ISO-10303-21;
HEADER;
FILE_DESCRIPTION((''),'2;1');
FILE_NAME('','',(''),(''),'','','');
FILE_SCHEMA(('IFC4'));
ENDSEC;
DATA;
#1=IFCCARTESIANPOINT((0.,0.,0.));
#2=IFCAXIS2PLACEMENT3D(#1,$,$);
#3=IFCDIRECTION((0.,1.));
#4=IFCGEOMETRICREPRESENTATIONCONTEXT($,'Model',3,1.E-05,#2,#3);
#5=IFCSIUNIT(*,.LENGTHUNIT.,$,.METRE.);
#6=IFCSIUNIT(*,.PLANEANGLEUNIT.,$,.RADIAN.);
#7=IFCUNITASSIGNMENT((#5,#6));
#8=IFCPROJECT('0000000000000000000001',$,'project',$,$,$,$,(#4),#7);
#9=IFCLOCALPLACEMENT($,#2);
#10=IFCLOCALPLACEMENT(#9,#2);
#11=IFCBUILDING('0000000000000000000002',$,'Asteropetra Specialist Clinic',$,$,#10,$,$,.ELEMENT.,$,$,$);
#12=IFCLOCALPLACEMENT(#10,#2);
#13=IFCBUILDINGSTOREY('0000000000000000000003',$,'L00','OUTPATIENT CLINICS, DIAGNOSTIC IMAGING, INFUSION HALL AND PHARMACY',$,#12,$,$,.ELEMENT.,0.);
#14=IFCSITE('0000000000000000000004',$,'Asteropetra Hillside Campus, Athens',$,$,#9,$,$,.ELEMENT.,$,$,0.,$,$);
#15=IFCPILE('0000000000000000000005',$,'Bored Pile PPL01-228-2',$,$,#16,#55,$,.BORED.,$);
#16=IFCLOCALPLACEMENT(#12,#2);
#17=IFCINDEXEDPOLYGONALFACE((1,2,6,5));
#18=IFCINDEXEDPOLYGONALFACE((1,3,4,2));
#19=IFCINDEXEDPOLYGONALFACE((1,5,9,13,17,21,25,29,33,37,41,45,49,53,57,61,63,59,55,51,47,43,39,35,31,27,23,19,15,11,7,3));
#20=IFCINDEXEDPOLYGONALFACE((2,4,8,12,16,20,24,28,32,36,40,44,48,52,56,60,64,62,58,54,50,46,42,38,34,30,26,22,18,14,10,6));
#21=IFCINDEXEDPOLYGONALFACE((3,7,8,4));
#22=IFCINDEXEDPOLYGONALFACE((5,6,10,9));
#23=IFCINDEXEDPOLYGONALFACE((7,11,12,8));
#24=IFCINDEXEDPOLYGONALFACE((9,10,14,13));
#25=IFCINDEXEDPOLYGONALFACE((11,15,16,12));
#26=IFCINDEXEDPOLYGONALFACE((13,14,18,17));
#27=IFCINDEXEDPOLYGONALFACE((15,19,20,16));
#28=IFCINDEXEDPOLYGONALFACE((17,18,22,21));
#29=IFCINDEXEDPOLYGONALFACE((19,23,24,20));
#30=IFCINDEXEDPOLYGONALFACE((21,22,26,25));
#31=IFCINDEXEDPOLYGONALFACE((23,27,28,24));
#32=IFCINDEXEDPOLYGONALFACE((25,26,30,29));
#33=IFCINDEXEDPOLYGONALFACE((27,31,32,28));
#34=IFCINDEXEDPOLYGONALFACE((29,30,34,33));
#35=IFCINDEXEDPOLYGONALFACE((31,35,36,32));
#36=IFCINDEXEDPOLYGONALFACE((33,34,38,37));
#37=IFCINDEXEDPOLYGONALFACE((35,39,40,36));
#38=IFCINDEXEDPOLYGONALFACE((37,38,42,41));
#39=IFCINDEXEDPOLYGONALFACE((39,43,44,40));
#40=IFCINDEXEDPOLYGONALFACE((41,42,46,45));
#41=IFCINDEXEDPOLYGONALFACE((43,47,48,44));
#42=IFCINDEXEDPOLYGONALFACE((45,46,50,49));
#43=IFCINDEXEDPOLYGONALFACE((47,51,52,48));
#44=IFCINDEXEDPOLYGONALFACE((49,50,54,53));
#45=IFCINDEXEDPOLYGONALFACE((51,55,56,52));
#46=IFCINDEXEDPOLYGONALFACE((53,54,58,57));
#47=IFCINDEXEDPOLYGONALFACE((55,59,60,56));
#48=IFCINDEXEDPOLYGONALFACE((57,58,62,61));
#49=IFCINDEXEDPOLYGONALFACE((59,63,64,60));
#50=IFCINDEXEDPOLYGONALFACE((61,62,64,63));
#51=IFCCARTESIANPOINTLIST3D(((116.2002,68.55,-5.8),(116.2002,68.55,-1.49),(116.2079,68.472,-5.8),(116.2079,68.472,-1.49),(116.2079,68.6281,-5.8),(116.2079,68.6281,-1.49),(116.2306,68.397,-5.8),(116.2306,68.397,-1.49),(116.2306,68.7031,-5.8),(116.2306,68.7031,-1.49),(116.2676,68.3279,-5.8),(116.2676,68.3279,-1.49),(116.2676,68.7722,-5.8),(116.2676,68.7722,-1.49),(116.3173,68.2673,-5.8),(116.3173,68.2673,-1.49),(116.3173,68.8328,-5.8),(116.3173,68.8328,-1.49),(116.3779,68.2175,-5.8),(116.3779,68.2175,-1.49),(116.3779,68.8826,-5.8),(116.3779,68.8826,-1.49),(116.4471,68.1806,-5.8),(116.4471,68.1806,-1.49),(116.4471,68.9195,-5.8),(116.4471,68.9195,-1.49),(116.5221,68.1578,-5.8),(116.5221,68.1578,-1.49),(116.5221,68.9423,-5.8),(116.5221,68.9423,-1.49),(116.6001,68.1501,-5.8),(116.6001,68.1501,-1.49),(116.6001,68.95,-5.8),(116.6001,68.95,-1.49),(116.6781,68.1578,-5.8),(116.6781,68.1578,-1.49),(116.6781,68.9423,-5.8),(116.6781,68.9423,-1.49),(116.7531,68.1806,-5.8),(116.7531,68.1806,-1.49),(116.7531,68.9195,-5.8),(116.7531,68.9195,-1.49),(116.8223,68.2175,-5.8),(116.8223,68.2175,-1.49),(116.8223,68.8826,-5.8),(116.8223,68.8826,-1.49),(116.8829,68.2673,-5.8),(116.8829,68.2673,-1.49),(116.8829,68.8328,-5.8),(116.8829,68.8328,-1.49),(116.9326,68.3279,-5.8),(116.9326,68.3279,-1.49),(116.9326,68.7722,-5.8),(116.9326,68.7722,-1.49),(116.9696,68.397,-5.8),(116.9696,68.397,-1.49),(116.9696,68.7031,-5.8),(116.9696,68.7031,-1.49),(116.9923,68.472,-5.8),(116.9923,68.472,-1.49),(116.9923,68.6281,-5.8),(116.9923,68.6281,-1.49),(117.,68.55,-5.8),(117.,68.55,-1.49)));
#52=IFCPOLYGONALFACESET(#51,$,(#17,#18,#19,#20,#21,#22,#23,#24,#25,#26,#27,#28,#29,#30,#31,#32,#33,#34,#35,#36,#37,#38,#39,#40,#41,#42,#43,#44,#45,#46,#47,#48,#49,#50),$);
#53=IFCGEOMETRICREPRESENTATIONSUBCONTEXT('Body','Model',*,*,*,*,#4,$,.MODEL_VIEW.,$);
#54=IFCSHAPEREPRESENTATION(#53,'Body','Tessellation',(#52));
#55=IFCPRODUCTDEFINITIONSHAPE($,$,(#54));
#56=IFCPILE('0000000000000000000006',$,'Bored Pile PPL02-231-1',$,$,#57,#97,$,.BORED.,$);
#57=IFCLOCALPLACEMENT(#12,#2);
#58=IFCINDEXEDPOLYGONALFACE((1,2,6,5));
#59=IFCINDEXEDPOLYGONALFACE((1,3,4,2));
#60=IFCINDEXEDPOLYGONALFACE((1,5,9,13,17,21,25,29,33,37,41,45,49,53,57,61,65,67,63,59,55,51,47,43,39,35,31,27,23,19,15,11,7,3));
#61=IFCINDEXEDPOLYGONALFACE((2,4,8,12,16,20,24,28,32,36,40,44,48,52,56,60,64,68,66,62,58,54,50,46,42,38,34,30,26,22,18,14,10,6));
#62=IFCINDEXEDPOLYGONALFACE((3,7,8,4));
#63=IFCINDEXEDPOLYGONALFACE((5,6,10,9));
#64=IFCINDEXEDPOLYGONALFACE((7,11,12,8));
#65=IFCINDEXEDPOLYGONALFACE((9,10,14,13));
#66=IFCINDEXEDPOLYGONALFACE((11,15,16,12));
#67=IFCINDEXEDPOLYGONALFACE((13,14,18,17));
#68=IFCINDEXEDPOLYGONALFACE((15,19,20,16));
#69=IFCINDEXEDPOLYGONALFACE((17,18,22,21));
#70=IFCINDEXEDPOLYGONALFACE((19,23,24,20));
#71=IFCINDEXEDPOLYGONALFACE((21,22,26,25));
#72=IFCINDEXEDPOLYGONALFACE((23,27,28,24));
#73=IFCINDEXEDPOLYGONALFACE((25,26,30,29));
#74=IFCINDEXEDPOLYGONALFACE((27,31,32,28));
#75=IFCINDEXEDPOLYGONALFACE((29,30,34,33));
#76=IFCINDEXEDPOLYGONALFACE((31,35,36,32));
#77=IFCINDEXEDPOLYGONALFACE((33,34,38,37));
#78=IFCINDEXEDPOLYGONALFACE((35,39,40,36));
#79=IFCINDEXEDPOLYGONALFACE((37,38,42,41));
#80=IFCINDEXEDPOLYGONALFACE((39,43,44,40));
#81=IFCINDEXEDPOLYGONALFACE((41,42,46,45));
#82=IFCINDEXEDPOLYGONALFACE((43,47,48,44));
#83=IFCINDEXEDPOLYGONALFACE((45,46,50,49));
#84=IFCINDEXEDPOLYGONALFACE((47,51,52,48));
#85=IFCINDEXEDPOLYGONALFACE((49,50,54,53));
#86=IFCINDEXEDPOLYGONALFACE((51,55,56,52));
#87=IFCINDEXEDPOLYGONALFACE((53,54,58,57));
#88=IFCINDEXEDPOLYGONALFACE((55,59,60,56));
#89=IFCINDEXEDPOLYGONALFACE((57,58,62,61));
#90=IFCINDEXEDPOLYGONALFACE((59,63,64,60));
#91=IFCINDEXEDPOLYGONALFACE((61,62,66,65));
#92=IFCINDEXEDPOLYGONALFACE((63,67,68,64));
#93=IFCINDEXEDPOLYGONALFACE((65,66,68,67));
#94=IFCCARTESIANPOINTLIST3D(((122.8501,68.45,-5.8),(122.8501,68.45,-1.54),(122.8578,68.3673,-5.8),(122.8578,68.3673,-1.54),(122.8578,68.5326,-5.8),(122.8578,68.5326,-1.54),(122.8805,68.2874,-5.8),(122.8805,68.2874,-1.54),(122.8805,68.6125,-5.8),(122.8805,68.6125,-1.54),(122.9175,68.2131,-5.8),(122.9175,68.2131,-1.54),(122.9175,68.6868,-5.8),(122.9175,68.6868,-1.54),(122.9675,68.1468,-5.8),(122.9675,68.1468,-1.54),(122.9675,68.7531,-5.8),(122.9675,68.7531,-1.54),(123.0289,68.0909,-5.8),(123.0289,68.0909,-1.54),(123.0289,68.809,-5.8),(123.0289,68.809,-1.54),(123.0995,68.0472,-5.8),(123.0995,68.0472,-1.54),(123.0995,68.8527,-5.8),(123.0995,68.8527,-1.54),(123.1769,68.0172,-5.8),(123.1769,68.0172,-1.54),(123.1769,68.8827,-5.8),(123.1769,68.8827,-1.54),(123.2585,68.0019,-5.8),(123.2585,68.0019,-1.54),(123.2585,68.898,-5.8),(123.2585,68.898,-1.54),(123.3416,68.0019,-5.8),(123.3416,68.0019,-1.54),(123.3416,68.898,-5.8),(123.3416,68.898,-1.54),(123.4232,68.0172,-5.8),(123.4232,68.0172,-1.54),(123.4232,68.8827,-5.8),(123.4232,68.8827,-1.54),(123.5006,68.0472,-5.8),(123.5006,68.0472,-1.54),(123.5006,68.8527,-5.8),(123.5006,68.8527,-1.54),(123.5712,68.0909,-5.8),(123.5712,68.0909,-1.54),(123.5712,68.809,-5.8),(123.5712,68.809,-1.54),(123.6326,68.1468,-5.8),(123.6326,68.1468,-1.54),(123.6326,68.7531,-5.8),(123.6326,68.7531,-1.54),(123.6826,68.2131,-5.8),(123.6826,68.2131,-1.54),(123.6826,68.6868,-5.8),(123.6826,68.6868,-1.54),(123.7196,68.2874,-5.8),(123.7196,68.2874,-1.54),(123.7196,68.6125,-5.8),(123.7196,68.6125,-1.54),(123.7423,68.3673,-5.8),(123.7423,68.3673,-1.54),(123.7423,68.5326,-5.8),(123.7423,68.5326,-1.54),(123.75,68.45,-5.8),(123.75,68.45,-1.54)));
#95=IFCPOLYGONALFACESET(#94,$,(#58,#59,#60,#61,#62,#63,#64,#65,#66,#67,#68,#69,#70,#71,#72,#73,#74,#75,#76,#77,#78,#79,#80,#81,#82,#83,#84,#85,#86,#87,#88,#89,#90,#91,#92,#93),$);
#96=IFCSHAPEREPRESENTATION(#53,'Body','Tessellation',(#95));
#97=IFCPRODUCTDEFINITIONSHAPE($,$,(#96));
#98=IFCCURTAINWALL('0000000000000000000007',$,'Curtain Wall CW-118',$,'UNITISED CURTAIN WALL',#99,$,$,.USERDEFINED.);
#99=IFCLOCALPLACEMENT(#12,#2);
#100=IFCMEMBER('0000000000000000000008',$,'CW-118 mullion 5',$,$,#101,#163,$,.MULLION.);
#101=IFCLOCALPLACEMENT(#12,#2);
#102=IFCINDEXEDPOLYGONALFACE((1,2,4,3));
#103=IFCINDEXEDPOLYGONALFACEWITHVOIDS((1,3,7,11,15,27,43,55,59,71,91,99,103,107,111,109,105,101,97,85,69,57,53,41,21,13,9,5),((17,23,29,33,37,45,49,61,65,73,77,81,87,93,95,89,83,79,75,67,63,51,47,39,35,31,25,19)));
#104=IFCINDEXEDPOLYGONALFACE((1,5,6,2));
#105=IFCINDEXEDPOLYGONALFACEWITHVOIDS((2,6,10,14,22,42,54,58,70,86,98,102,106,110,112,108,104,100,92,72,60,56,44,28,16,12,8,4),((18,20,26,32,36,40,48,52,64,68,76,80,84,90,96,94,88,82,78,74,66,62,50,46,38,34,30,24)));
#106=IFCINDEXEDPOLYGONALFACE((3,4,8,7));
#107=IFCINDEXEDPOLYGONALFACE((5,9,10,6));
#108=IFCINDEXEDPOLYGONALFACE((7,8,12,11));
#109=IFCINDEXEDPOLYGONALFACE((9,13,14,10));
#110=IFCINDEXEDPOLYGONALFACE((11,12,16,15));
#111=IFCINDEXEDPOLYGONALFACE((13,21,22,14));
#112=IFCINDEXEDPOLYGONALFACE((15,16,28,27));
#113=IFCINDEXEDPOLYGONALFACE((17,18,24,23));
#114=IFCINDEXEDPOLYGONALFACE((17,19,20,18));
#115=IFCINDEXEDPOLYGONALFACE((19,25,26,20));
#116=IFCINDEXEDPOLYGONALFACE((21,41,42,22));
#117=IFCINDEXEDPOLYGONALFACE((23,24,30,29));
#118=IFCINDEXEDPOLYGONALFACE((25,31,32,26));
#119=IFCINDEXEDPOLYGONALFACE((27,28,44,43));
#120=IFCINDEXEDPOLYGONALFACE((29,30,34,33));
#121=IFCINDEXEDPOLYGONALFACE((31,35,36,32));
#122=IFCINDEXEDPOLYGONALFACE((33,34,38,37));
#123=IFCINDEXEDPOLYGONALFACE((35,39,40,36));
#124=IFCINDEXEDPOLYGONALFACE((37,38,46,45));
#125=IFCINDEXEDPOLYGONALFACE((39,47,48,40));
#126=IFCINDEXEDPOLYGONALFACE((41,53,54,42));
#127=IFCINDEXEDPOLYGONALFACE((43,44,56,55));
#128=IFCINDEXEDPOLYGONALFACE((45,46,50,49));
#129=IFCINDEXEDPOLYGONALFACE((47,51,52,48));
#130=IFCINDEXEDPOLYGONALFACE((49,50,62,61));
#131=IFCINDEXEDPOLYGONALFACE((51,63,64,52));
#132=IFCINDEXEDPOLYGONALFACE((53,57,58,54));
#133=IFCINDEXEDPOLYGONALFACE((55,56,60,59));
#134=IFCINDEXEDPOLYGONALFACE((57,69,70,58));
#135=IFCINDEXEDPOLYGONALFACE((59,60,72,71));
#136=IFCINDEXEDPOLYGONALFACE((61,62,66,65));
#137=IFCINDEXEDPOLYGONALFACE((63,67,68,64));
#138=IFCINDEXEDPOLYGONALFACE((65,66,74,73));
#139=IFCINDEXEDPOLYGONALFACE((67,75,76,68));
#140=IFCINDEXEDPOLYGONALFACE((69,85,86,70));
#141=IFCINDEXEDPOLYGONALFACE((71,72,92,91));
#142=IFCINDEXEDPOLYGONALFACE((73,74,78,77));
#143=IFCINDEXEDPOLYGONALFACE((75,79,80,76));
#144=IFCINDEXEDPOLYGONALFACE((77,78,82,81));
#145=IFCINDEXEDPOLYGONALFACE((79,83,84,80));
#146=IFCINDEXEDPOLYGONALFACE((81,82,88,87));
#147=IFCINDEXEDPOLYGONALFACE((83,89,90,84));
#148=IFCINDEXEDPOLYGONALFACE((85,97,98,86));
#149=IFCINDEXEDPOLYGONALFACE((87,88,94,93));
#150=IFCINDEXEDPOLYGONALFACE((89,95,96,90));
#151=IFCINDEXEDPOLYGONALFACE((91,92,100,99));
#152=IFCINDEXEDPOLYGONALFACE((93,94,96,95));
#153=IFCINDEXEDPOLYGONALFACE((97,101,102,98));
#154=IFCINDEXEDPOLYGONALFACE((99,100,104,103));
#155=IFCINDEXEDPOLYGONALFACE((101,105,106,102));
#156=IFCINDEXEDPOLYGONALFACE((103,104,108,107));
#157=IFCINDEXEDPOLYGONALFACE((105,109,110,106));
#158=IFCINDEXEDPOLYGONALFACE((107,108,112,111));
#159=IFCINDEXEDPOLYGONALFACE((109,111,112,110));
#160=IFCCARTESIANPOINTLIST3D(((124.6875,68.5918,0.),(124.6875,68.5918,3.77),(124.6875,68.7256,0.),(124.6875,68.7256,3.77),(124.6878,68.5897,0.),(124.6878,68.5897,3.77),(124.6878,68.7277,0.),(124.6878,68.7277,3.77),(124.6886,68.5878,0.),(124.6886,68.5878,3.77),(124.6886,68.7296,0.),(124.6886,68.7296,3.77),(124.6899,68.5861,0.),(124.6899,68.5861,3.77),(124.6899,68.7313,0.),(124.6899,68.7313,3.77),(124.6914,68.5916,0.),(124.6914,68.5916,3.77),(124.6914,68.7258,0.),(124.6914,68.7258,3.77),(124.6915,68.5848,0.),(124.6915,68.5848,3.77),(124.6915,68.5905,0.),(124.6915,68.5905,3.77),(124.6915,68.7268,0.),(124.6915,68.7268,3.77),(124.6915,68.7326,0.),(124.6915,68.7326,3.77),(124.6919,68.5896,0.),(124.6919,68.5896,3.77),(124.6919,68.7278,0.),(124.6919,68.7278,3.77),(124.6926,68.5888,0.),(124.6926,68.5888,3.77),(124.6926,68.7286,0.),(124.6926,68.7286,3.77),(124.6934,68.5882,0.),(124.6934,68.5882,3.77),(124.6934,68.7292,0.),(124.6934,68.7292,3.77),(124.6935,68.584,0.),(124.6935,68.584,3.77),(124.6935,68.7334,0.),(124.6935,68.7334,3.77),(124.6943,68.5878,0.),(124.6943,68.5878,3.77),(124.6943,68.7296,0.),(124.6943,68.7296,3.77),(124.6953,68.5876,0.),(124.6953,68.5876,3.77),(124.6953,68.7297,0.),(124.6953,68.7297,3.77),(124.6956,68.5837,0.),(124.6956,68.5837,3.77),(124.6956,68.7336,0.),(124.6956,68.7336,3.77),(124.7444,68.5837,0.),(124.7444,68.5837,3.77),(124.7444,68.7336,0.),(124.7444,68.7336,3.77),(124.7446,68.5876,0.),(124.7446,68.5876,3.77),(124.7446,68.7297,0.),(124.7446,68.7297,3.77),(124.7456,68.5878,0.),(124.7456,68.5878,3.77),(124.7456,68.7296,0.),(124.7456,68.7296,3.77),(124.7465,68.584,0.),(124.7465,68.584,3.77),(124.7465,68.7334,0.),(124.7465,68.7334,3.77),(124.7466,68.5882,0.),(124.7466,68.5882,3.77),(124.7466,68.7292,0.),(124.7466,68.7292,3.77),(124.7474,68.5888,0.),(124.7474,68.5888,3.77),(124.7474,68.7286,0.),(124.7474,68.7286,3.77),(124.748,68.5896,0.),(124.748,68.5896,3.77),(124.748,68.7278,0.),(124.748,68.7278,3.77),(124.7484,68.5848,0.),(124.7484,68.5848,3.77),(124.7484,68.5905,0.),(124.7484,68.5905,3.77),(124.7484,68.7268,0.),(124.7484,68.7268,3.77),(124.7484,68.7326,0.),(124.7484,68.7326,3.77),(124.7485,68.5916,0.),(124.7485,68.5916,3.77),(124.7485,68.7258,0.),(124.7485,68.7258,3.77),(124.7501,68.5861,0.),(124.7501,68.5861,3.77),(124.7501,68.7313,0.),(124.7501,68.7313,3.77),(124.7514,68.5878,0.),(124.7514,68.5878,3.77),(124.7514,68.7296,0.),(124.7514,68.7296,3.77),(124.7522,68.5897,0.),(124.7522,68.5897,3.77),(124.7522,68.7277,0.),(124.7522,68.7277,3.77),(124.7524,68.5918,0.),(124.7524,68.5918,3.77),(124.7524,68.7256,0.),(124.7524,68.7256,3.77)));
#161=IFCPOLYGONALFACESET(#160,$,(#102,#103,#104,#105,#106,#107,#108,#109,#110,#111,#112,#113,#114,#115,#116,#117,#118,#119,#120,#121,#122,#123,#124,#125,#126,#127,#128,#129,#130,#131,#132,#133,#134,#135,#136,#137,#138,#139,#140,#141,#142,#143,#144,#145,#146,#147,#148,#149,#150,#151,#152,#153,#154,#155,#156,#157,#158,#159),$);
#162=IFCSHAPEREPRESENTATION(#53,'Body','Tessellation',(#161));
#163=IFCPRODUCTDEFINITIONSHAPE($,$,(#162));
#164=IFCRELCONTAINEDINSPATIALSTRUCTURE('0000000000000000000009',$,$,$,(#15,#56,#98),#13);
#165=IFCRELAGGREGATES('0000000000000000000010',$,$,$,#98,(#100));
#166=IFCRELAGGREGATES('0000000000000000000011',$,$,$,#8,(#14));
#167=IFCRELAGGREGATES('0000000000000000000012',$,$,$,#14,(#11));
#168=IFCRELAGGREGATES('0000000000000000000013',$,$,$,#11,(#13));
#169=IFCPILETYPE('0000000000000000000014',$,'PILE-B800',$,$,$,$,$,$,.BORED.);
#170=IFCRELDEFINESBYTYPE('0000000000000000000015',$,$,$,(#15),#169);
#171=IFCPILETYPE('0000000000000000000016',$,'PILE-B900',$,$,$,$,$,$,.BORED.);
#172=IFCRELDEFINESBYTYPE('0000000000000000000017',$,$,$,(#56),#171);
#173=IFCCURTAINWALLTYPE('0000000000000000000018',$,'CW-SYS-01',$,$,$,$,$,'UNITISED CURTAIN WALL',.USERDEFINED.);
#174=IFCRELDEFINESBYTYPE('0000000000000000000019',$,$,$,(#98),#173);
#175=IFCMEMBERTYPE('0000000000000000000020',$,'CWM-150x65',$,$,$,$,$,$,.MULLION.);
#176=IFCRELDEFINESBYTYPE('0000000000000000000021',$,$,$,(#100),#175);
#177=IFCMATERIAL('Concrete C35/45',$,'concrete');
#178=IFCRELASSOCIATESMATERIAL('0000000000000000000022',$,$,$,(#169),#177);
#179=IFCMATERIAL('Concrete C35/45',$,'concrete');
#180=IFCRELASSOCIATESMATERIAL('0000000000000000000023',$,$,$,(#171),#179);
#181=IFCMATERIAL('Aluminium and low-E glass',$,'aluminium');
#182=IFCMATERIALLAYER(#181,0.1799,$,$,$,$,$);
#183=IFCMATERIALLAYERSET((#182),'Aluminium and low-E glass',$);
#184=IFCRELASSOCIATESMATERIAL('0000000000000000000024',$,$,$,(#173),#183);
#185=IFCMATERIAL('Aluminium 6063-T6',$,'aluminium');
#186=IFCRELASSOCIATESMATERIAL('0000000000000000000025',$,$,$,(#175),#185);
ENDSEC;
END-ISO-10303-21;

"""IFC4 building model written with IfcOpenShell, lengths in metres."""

from ifc_helpers import new_model, si_unit, direction, frame, origin, origin_2d, place, context, subcontext, project, spatial, hollow_rectangle, circle, extrude, material, layer, layer_set, material_profile, profile_set, type_object, element, aggregate, save


model = new_model("IFC4")

# Units and contexts
model_context = context("Model", 3, precision=1e-05, world=origin(), true_north=direction((0.0, 1.0)))
body_context = subcontext(model_context, "Body", "Model", "MODEL_VIEW")
ifc_project = project(units=[si_unit("LENGTHUNIT", "METRE"), si_unit("PLANEANGLEUNIT", "RADIAN")], contexts=[model_context])

# Site, building, storey
site_placement = place(None, origin())
site = spatial("IfcSite", under=ifc_project, at=site_placement, Name="Asteropetra Hillside Campus, Athens", CompositionType="ELEMENT", RefElevation=0.0)
building_placement = place(site_placement, origin())
building = spatial("IfcBuilding", under=site, at=building_placement, Name="Asteropetra Specialist Clinic", CompositionType="ELEMENT")
storey_placement = place(building_placement, origin())
storey = spatial("IfcBuildingStorey", under=building, at=storey_placement, Name="L00", Description="OUTPATIENT CLINICS, DIAGNOSTIC IMAGING, INFUSION HALL AND PHARMACY", CompositionType="ELEMENT", Elevation=0.0)

# Piles
ifc_material_1 = material(Name="Concrete C35/45", Category="concrete")
ifc_material_profile_1 = material_profile(ifc_material_1, circle(Radius=0.3999, at=origin_2d()), Name="PILE D800")
ifc_profile_set_1 = profile_set([ifc_material_profile_1], Name="Concrete C35/45")
pile_type_1 = type_object("IfcPileType", Name="PILE-B800", PredefinedType="BORED", material=ifc_profile_set_1)
pile_1_placement = place(storey_placement, frame((116.6001, 68.55, -1.49), z_axis=(0.0, 0.0, -1.0), x_axis=(1.0, 0.0, 0.0)))
element("IfcPile", 1, at=pile_1_placement, inside=storey, type_object=pile_type_1, Name="Bored Pile PPL01-228-2", PredefinedType="BORED", context=body_context, shape_type="SweptSolid", body=[
    extrude(circle(Radius=0.3999, at=origin_2d()), origin(), (0.0, 0.0, 1.0), 4.3101),
])
ifc_material_2 = material(Name="Concrete C35/45", Category="concrete")
ifc_material_profile_2 = material_profile(ifc_material_2, circle(Radius=0.45, at=origin_2d()), Name="PILE D900")
ifc_profile_set_2 = profile_set([ifc_material_profile_2], Name="Concrete C35/45")
pile_type_2 = type_object("IfcPileType", Name="PILE-B900", PredefinedType="BORED", material=ifc_profile_set_2)
pile_2_placement = place(storey_placement, frame((123.3, 68.45, -1.54), z_axis=(0.0, 0.0, -1.0), x_axis=(1.0, 0.0, 0.0)))
element("IfcPile", 2, at=pile_2_placement, inside=storey, type_object=pile_type_2, Name="Bored Pile PPL02-231-1", PredefinedType="BORED", context=body_context, shape_type="SweptSolid", body=[
    extrude(circle(Radius=0.45, at=origin_2d()), origin(), (0.0, 0.0, 1.0), 4.26),
])

# Curtain wall, member
ifc_material_3 = material(Name="Aluminium and low-E glass", Category="aluminium")
ifc_layer_1 = layer(ifc_material_3, 0.1799)
ifc_layer_set_1 = layer_set([ifc_layer_1], Name="Aluminium and low-E glass")
curtain_wall_type_1 = type_object("IfcCurtainWallType", Name="CW-SYS-01", ElementType="UNITISED CURTAIN WALL", PredefinedType="USERDEFINED", material=ifc_layer_set_1)
curtain_wall_1_placement = place(storey_placement, origin())
curtain_wall_1 = element("IfcCurtainWall", 3, at=curtain_wall_1_placement, inside=storey, type_object=curtain_wall_type_1, Name="Curtain Wall CW-118", ObjectType="UNITISED CURTAIN WALL", PredefinedType="USERDEFINED")
ifc_material_4 = material(Name="Aluminium 6063-T6", Category="aluminium")
ifc_material_profile_3 = material_profile(ifc_material_4, hollow_rectangle(XDim=0.0649, YDim=0.1499, WallThickness=0.0039, InnerFilletRadius=0.0039, OuterFilletRadius=0.0081, at=origin_2d()), Name="MUL 150x65x4.0")
ifc_profile_set_3 = profile_set([ifc_material_profile_3], Name="Aluminium 6063-T6")
member_type_1 = type_object("IfcMemberType", Name="CWM-150x65", PredefinedType="MULLION", material=ifc_profile_set_3)
member_1_placement = place(storey_placement, frame((124.72, 68.6587, 0.0), z_axis=(0.0, 0.0, 1.0), x_axis=(1.0, 0.0, 0.0)))
member_1 = element("IfcMember", 4, at=member_1_placement, type_object=member_type_1, Name="CW-118 mullion 5", PredefinedType="MULLION", context=body_context, shape_type="SweptSolid", body=[
    extrude(hollow_rectangle(XDim=0.0649, YDim=0.1499, WallThickness=0.0039, InnerFilletRadius=0.0039, OuterFilletRadius=0.0081, at=origin_2d()), origin(), (0.0, 0.0, 1.0), 3.77),
])

aggregate(curtain_wall_1, [member_1])

save(model, "model.ifc")
